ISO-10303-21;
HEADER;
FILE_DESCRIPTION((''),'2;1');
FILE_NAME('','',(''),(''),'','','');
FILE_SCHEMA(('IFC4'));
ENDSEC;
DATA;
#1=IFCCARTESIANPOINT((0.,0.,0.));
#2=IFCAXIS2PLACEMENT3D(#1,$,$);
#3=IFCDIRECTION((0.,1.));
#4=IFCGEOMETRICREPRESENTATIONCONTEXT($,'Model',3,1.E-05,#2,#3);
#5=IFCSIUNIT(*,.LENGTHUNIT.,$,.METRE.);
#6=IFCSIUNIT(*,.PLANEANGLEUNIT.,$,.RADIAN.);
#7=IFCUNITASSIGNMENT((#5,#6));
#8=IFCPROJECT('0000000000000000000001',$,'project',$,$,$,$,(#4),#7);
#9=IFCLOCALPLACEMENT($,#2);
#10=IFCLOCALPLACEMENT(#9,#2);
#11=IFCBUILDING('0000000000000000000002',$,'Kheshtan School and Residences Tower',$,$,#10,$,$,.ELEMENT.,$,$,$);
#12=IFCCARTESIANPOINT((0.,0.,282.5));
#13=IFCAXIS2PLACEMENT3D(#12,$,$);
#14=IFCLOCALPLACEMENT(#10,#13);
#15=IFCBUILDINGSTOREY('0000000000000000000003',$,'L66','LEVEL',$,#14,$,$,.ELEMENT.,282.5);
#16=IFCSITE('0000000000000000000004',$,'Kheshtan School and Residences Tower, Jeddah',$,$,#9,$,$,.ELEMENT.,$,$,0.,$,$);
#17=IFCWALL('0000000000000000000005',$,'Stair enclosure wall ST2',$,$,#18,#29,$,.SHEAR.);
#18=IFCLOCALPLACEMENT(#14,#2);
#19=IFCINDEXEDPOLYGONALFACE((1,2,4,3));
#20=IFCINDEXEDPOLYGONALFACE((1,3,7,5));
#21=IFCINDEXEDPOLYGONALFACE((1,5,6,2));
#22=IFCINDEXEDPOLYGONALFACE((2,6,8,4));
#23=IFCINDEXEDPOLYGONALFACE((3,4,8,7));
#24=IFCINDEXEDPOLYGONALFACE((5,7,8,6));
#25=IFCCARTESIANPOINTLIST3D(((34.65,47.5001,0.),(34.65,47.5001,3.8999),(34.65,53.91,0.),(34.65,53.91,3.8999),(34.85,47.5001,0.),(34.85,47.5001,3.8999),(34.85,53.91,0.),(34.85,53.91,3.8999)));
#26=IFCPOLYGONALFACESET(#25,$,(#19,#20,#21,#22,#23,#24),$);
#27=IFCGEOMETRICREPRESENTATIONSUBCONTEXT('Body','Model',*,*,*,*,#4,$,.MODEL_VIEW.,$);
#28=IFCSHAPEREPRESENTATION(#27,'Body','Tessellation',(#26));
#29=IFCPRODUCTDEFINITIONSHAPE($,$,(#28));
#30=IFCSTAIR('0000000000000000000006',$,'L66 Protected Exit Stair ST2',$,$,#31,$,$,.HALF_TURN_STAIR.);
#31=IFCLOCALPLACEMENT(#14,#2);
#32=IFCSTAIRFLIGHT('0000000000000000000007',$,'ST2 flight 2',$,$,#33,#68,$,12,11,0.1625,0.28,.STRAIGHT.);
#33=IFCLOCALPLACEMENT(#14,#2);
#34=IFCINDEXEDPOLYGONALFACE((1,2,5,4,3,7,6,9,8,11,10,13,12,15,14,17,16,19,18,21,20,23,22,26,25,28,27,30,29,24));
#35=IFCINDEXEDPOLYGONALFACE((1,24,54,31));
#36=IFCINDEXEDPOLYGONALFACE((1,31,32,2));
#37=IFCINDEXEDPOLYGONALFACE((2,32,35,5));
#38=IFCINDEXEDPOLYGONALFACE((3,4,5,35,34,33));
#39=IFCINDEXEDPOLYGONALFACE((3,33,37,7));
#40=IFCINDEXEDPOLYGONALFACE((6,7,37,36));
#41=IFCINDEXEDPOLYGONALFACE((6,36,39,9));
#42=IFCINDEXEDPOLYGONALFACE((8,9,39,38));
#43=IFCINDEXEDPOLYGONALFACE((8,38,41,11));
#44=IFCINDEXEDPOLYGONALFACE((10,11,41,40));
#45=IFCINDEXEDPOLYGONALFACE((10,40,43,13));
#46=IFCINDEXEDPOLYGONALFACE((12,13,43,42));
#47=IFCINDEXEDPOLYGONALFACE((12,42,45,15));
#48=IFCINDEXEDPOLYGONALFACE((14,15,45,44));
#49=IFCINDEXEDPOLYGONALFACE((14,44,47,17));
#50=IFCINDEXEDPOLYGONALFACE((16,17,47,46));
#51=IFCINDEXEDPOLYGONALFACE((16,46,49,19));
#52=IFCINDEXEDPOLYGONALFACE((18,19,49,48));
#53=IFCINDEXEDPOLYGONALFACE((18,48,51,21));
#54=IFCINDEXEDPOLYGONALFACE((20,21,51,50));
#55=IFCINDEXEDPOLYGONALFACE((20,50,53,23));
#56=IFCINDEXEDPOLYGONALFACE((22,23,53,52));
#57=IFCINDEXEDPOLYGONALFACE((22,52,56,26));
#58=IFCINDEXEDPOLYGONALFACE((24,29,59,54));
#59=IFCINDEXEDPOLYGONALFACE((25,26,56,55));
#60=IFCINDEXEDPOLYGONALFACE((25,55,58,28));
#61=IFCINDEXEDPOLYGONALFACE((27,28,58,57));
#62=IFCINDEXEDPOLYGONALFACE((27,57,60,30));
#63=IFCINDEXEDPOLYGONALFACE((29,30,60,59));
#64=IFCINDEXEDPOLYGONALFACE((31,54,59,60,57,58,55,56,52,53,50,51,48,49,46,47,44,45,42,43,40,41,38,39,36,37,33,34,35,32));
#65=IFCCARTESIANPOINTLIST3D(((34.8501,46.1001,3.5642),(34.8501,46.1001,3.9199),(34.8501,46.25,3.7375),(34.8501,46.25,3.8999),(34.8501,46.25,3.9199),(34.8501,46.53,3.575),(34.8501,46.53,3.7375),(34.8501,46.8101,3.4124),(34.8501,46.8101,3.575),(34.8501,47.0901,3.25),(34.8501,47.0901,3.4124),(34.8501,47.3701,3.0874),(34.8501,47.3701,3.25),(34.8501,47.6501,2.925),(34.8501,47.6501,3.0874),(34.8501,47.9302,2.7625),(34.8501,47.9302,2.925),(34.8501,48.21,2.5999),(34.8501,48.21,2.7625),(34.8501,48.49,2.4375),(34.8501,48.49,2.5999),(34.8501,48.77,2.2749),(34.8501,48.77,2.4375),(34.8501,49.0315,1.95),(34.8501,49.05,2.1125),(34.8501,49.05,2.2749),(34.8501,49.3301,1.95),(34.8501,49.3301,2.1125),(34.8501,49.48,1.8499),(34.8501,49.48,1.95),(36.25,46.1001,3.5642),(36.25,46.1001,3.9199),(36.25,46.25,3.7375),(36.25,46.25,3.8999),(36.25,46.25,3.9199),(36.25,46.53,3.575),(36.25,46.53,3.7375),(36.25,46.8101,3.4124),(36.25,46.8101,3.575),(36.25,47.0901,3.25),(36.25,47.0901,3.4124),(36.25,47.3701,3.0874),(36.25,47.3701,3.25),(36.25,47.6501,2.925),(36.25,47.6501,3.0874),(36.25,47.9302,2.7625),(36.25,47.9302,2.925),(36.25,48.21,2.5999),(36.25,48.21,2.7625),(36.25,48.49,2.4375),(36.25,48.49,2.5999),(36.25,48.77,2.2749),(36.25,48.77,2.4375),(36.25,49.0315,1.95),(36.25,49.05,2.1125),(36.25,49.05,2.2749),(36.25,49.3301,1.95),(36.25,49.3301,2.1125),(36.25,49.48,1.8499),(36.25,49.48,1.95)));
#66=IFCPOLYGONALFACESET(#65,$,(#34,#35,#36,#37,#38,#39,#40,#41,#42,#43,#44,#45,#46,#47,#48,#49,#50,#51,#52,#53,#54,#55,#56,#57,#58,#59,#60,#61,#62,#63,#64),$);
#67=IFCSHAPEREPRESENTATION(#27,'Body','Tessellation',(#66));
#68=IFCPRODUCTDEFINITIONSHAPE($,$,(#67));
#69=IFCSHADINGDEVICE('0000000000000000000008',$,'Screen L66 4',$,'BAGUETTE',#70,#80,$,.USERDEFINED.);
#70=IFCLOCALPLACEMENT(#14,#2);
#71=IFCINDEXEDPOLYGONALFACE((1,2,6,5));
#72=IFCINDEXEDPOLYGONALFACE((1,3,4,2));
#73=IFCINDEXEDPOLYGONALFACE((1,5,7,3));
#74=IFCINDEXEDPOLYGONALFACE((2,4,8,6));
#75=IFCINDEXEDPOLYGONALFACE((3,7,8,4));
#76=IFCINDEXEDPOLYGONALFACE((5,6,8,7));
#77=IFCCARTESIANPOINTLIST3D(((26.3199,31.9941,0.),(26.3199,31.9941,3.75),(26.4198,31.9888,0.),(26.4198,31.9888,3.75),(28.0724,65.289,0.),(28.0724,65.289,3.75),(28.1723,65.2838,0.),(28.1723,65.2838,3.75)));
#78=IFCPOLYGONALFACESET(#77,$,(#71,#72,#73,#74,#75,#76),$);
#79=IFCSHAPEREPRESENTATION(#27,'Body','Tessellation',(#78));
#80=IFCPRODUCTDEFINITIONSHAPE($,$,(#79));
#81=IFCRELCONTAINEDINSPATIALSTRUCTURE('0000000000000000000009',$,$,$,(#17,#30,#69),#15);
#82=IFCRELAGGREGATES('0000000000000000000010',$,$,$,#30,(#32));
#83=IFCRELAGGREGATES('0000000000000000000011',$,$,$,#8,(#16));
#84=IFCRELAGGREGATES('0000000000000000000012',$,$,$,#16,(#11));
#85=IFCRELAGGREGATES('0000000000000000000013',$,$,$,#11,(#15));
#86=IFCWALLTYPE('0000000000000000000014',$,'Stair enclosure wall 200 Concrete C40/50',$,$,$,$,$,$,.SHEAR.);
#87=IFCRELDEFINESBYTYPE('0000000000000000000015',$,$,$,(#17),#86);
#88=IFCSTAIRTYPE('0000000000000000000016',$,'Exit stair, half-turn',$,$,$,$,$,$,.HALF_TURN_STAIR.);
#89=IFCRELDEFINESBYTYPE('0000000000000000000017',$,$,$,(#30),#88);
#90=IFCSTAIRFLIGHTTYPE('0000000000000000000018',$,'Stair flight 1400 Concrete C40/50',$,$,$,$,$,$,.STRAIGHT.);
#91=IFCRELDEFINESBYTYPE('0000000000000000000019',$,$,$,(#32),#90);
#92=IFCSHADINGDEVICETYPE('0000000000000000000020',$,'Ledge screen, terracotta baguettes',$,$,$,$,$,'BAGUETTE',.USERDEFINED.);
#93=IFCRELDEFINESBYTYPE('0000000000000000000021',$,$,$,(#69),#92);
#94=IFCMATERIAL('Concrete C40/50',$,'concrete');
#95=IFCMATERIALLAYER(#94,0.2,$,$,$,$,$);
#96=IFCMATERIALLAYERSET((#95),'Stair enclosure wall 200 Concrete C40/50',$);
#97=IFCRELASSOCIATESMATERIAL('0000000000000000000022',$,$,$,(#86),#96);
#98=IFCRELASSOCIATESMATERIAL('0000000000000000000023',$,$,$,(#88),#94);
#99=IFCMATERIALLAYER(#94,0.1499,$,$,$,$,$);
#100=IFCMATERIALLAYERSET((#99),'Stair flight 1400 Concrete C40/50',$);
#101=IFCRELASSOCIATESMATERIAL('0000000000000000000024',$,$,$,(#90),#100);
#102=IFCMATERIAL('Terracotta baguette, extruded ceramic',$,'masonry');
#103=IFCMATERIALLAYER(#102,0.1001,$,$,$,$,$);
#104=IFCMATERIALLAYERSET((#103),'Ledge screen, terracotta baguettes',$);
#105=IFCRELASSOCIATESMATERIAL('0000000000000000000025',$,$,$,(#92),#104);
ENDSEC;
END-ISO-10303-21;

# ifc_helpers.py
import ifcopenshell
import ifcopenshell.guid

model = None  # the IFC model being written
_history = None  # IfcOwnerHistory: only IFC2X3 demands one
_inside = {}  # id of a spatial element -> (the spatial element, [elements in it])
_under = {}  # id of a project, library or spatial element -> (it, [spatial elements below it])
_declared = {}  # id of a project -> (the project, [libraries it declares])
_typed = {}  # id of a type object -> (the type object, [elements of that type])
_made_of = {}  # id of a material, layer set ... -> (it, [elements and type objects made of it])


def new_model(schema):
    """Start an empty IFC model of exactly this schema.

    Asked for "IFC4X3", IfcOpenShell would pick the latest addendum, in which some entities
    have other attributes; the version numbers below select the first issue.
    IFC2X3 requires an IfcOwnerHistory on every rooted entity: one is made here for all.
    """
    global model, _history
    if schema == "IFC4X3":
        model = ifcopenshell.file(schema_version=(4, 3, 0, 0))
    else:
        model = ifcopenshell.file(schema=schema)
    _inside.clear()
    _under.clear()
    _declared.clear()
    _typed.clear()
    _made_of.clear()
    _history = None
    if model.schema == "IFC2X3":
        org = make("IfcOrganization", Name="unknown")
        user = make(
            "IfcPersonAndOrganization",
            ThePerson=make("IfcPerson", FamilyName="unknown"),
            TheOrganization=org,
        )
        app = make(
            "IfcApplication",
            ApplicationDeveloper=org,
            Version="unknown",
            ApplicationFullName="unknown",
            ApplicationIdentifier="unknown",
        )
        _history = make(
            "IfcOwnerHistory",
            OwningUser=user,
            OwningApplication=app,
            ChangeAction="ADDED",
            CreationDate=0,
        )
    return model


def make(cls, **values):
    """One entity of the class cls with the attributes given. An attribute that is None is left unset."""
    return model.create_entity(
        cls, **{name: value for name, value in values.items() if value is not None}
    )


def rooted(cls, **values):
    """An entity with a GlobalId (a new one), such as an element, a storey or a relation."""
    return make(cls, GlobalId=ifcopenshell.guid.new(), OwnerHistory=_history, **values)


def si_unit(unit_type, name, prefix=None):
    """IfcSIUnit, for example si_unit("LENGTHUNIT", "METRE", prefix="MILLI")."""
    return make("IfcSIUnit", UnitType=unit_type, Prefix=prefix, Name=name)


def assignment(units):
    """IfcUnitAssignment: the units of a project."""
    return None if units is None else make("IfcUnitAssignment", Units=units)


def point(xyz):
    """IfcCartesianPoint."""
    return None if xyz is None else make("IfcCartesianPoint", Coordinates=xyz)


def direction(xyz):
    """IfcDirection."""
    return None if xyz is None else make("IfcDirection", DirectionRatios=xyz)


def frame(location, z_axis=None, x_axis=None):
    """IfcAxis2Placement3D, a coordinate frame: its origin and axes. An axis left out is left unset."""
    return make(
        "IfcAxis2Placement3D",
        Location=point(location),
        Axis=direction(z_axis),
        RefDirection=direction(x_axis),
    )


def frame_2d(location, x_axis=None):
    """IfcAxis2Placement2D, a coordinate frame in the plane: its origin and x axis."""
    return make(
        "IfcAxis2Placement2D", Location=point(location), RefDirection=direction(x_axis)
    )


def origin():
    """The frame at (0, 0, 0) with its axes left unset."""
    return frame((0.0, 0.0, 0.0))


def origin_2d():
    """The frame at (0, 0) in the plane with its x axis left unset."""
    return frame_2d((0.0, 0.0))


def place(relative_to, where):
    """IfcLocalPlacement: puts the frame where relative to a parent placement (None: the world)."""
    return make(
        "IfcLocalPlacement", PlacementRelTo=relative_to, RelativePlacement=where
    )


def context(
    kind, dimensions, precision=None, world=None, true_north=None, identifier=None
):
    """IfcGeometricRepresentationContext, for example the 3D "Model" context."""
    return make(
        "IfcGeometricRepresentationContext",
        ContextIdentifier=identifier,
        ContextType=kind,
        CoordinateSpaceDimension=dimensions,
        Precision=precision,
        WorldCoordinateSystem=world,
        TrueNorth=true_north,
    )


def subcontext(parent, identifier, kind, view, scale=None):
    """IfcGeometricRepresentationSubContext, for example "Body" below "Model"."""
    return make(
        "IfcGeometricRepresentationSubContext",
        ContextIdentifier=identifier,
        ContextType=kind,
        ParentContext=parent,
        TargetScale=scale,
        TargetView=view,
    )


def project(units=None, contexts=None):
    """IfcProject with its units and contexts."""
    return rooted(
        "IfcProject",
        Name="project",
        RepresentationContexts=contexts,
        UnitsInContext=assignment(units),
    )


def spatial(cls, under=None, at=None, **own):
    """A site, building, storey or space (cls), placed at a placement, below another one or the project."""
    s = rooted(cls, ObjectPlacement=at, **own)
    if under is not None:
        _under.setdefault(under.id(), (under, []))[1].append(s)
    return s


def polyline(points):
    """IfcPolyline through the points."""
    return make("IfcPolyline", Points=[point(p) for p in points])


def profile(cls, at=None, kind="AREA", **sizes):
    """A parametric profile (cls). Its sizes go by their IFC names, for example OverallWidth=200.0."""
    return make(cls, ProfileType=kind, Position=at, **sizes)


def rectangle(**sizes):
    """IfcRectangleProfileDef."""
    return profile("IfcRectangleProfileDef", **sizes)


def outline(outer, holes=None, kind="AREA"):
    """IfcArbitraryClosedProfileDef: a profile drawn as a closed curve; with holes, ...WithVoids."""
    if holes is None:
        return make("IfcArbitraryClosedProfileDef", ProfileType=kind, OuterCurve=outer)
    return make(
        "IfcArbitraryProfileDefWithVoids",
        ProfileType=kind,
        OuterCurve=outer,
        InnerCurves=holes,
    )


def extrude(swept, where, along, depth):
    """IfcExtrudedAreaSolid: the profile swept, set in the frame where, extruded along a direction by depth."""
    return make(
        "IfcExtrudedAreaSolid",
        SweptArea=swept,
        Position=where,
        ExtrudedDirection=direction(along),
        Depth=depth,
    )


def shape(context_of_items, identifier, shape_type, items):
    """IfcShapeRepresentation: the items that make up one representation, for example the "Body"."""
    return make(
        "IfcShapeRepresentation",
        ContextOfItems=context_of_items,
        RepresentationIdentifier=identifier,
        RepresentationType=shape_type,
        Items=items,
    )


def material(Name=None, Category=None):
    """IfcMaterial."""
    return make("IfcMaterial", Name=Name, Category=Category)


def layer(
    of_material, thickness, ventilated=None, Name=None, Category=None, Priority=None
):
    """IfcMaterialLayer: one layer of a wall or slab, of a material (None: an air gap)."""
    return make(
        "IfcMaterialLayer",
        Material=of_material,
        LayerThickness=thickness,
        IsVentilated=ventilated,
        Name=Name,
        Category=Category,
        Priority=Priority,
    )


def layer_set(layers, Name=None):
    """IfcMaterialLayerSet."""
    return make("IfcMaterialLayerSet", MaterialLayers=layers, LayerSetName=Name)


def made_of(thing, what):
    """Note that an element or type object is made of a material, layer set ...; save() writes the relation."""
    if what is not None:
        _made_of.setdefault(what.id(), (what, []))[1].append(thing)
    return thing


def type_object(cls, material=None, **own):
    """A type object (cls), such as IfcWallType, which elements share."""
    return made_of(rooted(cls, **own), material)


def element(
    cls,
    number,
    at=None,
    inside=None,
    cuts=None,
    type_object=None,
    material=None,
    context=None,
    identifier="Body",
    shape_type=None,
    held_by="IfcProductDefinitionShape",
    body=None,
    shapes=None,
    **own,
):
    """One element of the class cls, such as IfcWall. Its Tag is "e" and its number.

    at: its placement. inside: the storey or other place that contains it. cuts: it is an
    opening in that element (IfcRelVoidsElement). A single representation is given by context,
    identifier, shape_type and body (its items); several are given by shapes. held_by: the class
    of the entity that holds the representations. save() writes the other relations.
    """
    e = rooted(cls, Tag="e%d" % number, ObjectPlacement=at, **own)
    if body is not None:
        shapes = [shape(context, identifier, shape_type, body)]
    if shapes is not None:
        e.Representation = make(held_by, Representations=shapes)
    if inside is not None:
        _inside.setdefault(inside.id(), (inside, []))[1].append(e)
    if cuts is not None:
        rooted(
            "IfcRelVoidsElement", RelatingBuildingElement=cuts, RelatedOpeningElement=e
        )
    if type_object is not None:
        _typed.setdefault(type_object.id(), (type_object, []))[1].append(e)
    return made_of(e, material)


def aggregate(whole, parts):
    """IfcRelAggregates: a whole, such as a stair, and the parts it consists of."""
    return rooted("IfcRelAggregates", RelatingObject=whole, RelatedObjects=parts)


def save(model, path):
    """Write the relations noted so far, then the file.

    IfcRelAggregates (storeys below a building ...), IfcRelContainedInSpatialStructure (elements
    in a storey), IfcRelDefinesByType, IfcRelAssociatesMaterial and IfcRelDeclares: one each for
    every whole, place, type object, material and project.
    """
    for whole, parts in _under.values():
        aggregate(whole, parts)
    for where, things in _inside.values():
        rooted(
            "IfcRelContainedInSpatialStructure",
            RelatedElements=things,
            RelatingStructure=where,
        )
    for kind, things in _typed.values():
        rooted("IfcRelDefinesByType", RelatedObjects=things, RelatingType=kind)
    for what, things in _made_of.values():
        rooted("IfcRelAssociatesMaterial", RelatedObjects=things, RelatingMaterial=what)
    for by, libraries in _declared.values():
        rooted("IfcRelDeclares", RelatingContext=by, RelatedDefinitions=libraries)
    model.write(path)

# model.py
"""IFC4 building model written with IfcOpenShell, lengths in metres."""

from ifc_helpers import new_model, si_unit, direction, frame, frame_2d, origin, origin_2d, place, context, subcontext, project, spatial, polyline, rectangle, outline, extrude, material, layer, layer_set, type_object, element, aggregate, save


model = new_model("IFC4")

# Units and contexts
model_context = context("Model", 3, precision=1e-05, world=origin(), true_north=direction((0.0, 1.0)))
body_context = subcontext(model_context, "Body", "Model", "MODEL_VIEW")
ifc_project = project(units=[si_unit("LENGTHUNIT", "METRE"), si_unit("PLANEANGLEUNIT", "RADIAN")], contexts=[model_context])

# Site, building, storey
site_placement = place(None, origin())
site = spatial("IfcSite", under=ifc_project, at=site_placement, Name="Kheshtan School and Residences Tower, Jeddah", CompositionType="ELEMENT", RefElevation=0.0)
building_placement = place(site_placement, origin())
building = spatial("IfcBuilding", under=site, at=building_placement, Name="Kheshtan School and Residences Tower", CompositionType="ELEMENT")
storey_placement = place(building_placement, frame((0.0, 0.0, 282.5)))
storey = spatial("IfcBuildingStorey", under=building, at=storey_placement, Name="L66", Description="LEVEL", CompositionType="ELEMENT", Elevation=282.5)

# Wall
ifc_material_1 = material(Name="Concrete C40/50", Category="concrete")
ifc_layer_1 = layer(ifc_material_1, 0.2)
ifc_layer_set_1 = layer_set([ifc_layer_1], Name="Stair enclosure wall 200 Concrete C40/50")
wall_type_1 = type_object("IfcWallType", Name="Stair enclosure wall 200 Concrete C40/50", PredefinedType="SHEAR", material=ifc_layer_set_1)
wall_1_placement = place(storey_placement, frame((34.75, 47.5, 0.0), z_axis=(0.0, 0.0, 1.0), x_axis=(0.0, 1.0, 0.0)))
element("IfcWall", 1, at=wall_1_placement, inside=storey, type_object=wall_type_1, Name="Stair enclosure wall ST2", PredefinedType="SHEAR", context=body_context, shape_type="SweptSolid", body=[
    extrude(rectangle(XDim=6.4099, YDim=0.2, at=frame_2d((3.2051, 0.0))), origin(), (0.0, 0.0, 1.0), 3.8999),
])

# Stair, stair flight
stair_type = type_object("IfcStairType", Name="Exit stair, half-turn", PredefinedType="HALF_TURN_STAIR", material=ifc_material_1)
stair_placement = place(storey_placement, origin())
stair = element("IfcStair", 2, at=stair_placement, inside=storey, type_object=stair_type, Name="L66 Protected Exit Stair ST2", PredefinedType="HALF_TURN_STAIR")
ifc_layer_2 = layer(ifc_material_1, 0.1499)
ifc_layer_set_2 = layer_set([ifc_layer_2], Name="Stair flight 1400 Concrete C40/50")
stair_flight_type = type_object("IfcStairFlightType", Name="Stair flight 1400 Concrete C40/50", PredefinedType="STRAIGHT", material=ifc_layer_set_2)
stair_flight_placement = place(storey_placement, frame((35.55, 49.3301, 1.95), z_axis=(0.0, 0.0, 1.0), x_axis=(0.0, -1.0, 0.0)))
stair_flight = element("IfcStairFlight", 3, at=stair_flight_placement, type_object=stair_flight_type, Name="ST2 flight 2", NumberOfRisers=12, NumberOfTreads=11, PredefinedType="STRAIGHT", RiserHeight=0.1625, TreadLength=0.28, context=body_context, shape_type="SweptSolid", body=[
    extrude(outline(polyline([(-0.1499, -0.1001), (-0.1499, 0.0), (0.0, 0.0), (0.0, 0.1626), (0.28, 0.1626), (0.28, 0.325), (0.5601, 0.325), (0.5601, 0.4875), (0.8401, 0.4875), (0.8401, 0.6499), (1.1201, 0.6499), (1.1201, 0.8125), (1.3999, 0.8125), (1.3999, 0.9751), (1.6799, 0.9751), (1.6799, 1.1375), (1.96, 1.1375), (1.96, 1.3), (2.24, 1.3), (2.24, 1.4624), (2.52, 1.4624), (2.52, 1.625), (2.8, 1.625), (2.8, 1.7876), (3.0801, 1.7876), (3.0801, 1.95), (3.0801, 1.97), (3.23, 1.97), (3.23, 1.6143), (0.2986, 0.0), (-0.1499, -0.1001)])), frame((0.0, 0.7, 0.0), z_axis=(0.0, -1.0, 0.0), x_axis=(1.0, 0.0, 0.0)), (0.0, 0.0, 1.0), 1.3999),
])
aggregate(stair, [stair_flight])

# Shading device
ifc_material_2 = material(Name="Terracotta baguette, extruded ceramic", Category="masonry")
ifc_layer_3 = layer(ifc_material_2, 0.1001)
ifc_layer_set_3 = layer_set([ifc_layer_3], Name="Ledge screen, terracotta baguettes")
shading_device_type = type_object("IfcShadingDeviceType", Name="Ledge screen, terracotta baguettes", ElementType="BAGUETTE", PredefinedType="USERDEFINED", material=ifc_layer_set_3)
shading_device_placement = place(storey_placement, frame((27.2461, 48.6389, 0.0), z_axis=(0.0, 0.0, 1.0), x_axis=(0.052563, 0.998618, 0.0)))
element("IfcShadingDevice", 4, at=shading_device_placement, inside=storey, type_object=shading_device_type, Name="Screen L66 4", ObjectType="BAGUETTE", PredefinedType="USERDEFINED", context=body_context, shape_type="SweptSolid", body=[
    extrude(rectangle(XDim=33.3411, YDim=0.1001, at=origin_2d()), origin(), (0.0, 0.0, 1.0), 3.75),
])

save(model, "model.ifc")
